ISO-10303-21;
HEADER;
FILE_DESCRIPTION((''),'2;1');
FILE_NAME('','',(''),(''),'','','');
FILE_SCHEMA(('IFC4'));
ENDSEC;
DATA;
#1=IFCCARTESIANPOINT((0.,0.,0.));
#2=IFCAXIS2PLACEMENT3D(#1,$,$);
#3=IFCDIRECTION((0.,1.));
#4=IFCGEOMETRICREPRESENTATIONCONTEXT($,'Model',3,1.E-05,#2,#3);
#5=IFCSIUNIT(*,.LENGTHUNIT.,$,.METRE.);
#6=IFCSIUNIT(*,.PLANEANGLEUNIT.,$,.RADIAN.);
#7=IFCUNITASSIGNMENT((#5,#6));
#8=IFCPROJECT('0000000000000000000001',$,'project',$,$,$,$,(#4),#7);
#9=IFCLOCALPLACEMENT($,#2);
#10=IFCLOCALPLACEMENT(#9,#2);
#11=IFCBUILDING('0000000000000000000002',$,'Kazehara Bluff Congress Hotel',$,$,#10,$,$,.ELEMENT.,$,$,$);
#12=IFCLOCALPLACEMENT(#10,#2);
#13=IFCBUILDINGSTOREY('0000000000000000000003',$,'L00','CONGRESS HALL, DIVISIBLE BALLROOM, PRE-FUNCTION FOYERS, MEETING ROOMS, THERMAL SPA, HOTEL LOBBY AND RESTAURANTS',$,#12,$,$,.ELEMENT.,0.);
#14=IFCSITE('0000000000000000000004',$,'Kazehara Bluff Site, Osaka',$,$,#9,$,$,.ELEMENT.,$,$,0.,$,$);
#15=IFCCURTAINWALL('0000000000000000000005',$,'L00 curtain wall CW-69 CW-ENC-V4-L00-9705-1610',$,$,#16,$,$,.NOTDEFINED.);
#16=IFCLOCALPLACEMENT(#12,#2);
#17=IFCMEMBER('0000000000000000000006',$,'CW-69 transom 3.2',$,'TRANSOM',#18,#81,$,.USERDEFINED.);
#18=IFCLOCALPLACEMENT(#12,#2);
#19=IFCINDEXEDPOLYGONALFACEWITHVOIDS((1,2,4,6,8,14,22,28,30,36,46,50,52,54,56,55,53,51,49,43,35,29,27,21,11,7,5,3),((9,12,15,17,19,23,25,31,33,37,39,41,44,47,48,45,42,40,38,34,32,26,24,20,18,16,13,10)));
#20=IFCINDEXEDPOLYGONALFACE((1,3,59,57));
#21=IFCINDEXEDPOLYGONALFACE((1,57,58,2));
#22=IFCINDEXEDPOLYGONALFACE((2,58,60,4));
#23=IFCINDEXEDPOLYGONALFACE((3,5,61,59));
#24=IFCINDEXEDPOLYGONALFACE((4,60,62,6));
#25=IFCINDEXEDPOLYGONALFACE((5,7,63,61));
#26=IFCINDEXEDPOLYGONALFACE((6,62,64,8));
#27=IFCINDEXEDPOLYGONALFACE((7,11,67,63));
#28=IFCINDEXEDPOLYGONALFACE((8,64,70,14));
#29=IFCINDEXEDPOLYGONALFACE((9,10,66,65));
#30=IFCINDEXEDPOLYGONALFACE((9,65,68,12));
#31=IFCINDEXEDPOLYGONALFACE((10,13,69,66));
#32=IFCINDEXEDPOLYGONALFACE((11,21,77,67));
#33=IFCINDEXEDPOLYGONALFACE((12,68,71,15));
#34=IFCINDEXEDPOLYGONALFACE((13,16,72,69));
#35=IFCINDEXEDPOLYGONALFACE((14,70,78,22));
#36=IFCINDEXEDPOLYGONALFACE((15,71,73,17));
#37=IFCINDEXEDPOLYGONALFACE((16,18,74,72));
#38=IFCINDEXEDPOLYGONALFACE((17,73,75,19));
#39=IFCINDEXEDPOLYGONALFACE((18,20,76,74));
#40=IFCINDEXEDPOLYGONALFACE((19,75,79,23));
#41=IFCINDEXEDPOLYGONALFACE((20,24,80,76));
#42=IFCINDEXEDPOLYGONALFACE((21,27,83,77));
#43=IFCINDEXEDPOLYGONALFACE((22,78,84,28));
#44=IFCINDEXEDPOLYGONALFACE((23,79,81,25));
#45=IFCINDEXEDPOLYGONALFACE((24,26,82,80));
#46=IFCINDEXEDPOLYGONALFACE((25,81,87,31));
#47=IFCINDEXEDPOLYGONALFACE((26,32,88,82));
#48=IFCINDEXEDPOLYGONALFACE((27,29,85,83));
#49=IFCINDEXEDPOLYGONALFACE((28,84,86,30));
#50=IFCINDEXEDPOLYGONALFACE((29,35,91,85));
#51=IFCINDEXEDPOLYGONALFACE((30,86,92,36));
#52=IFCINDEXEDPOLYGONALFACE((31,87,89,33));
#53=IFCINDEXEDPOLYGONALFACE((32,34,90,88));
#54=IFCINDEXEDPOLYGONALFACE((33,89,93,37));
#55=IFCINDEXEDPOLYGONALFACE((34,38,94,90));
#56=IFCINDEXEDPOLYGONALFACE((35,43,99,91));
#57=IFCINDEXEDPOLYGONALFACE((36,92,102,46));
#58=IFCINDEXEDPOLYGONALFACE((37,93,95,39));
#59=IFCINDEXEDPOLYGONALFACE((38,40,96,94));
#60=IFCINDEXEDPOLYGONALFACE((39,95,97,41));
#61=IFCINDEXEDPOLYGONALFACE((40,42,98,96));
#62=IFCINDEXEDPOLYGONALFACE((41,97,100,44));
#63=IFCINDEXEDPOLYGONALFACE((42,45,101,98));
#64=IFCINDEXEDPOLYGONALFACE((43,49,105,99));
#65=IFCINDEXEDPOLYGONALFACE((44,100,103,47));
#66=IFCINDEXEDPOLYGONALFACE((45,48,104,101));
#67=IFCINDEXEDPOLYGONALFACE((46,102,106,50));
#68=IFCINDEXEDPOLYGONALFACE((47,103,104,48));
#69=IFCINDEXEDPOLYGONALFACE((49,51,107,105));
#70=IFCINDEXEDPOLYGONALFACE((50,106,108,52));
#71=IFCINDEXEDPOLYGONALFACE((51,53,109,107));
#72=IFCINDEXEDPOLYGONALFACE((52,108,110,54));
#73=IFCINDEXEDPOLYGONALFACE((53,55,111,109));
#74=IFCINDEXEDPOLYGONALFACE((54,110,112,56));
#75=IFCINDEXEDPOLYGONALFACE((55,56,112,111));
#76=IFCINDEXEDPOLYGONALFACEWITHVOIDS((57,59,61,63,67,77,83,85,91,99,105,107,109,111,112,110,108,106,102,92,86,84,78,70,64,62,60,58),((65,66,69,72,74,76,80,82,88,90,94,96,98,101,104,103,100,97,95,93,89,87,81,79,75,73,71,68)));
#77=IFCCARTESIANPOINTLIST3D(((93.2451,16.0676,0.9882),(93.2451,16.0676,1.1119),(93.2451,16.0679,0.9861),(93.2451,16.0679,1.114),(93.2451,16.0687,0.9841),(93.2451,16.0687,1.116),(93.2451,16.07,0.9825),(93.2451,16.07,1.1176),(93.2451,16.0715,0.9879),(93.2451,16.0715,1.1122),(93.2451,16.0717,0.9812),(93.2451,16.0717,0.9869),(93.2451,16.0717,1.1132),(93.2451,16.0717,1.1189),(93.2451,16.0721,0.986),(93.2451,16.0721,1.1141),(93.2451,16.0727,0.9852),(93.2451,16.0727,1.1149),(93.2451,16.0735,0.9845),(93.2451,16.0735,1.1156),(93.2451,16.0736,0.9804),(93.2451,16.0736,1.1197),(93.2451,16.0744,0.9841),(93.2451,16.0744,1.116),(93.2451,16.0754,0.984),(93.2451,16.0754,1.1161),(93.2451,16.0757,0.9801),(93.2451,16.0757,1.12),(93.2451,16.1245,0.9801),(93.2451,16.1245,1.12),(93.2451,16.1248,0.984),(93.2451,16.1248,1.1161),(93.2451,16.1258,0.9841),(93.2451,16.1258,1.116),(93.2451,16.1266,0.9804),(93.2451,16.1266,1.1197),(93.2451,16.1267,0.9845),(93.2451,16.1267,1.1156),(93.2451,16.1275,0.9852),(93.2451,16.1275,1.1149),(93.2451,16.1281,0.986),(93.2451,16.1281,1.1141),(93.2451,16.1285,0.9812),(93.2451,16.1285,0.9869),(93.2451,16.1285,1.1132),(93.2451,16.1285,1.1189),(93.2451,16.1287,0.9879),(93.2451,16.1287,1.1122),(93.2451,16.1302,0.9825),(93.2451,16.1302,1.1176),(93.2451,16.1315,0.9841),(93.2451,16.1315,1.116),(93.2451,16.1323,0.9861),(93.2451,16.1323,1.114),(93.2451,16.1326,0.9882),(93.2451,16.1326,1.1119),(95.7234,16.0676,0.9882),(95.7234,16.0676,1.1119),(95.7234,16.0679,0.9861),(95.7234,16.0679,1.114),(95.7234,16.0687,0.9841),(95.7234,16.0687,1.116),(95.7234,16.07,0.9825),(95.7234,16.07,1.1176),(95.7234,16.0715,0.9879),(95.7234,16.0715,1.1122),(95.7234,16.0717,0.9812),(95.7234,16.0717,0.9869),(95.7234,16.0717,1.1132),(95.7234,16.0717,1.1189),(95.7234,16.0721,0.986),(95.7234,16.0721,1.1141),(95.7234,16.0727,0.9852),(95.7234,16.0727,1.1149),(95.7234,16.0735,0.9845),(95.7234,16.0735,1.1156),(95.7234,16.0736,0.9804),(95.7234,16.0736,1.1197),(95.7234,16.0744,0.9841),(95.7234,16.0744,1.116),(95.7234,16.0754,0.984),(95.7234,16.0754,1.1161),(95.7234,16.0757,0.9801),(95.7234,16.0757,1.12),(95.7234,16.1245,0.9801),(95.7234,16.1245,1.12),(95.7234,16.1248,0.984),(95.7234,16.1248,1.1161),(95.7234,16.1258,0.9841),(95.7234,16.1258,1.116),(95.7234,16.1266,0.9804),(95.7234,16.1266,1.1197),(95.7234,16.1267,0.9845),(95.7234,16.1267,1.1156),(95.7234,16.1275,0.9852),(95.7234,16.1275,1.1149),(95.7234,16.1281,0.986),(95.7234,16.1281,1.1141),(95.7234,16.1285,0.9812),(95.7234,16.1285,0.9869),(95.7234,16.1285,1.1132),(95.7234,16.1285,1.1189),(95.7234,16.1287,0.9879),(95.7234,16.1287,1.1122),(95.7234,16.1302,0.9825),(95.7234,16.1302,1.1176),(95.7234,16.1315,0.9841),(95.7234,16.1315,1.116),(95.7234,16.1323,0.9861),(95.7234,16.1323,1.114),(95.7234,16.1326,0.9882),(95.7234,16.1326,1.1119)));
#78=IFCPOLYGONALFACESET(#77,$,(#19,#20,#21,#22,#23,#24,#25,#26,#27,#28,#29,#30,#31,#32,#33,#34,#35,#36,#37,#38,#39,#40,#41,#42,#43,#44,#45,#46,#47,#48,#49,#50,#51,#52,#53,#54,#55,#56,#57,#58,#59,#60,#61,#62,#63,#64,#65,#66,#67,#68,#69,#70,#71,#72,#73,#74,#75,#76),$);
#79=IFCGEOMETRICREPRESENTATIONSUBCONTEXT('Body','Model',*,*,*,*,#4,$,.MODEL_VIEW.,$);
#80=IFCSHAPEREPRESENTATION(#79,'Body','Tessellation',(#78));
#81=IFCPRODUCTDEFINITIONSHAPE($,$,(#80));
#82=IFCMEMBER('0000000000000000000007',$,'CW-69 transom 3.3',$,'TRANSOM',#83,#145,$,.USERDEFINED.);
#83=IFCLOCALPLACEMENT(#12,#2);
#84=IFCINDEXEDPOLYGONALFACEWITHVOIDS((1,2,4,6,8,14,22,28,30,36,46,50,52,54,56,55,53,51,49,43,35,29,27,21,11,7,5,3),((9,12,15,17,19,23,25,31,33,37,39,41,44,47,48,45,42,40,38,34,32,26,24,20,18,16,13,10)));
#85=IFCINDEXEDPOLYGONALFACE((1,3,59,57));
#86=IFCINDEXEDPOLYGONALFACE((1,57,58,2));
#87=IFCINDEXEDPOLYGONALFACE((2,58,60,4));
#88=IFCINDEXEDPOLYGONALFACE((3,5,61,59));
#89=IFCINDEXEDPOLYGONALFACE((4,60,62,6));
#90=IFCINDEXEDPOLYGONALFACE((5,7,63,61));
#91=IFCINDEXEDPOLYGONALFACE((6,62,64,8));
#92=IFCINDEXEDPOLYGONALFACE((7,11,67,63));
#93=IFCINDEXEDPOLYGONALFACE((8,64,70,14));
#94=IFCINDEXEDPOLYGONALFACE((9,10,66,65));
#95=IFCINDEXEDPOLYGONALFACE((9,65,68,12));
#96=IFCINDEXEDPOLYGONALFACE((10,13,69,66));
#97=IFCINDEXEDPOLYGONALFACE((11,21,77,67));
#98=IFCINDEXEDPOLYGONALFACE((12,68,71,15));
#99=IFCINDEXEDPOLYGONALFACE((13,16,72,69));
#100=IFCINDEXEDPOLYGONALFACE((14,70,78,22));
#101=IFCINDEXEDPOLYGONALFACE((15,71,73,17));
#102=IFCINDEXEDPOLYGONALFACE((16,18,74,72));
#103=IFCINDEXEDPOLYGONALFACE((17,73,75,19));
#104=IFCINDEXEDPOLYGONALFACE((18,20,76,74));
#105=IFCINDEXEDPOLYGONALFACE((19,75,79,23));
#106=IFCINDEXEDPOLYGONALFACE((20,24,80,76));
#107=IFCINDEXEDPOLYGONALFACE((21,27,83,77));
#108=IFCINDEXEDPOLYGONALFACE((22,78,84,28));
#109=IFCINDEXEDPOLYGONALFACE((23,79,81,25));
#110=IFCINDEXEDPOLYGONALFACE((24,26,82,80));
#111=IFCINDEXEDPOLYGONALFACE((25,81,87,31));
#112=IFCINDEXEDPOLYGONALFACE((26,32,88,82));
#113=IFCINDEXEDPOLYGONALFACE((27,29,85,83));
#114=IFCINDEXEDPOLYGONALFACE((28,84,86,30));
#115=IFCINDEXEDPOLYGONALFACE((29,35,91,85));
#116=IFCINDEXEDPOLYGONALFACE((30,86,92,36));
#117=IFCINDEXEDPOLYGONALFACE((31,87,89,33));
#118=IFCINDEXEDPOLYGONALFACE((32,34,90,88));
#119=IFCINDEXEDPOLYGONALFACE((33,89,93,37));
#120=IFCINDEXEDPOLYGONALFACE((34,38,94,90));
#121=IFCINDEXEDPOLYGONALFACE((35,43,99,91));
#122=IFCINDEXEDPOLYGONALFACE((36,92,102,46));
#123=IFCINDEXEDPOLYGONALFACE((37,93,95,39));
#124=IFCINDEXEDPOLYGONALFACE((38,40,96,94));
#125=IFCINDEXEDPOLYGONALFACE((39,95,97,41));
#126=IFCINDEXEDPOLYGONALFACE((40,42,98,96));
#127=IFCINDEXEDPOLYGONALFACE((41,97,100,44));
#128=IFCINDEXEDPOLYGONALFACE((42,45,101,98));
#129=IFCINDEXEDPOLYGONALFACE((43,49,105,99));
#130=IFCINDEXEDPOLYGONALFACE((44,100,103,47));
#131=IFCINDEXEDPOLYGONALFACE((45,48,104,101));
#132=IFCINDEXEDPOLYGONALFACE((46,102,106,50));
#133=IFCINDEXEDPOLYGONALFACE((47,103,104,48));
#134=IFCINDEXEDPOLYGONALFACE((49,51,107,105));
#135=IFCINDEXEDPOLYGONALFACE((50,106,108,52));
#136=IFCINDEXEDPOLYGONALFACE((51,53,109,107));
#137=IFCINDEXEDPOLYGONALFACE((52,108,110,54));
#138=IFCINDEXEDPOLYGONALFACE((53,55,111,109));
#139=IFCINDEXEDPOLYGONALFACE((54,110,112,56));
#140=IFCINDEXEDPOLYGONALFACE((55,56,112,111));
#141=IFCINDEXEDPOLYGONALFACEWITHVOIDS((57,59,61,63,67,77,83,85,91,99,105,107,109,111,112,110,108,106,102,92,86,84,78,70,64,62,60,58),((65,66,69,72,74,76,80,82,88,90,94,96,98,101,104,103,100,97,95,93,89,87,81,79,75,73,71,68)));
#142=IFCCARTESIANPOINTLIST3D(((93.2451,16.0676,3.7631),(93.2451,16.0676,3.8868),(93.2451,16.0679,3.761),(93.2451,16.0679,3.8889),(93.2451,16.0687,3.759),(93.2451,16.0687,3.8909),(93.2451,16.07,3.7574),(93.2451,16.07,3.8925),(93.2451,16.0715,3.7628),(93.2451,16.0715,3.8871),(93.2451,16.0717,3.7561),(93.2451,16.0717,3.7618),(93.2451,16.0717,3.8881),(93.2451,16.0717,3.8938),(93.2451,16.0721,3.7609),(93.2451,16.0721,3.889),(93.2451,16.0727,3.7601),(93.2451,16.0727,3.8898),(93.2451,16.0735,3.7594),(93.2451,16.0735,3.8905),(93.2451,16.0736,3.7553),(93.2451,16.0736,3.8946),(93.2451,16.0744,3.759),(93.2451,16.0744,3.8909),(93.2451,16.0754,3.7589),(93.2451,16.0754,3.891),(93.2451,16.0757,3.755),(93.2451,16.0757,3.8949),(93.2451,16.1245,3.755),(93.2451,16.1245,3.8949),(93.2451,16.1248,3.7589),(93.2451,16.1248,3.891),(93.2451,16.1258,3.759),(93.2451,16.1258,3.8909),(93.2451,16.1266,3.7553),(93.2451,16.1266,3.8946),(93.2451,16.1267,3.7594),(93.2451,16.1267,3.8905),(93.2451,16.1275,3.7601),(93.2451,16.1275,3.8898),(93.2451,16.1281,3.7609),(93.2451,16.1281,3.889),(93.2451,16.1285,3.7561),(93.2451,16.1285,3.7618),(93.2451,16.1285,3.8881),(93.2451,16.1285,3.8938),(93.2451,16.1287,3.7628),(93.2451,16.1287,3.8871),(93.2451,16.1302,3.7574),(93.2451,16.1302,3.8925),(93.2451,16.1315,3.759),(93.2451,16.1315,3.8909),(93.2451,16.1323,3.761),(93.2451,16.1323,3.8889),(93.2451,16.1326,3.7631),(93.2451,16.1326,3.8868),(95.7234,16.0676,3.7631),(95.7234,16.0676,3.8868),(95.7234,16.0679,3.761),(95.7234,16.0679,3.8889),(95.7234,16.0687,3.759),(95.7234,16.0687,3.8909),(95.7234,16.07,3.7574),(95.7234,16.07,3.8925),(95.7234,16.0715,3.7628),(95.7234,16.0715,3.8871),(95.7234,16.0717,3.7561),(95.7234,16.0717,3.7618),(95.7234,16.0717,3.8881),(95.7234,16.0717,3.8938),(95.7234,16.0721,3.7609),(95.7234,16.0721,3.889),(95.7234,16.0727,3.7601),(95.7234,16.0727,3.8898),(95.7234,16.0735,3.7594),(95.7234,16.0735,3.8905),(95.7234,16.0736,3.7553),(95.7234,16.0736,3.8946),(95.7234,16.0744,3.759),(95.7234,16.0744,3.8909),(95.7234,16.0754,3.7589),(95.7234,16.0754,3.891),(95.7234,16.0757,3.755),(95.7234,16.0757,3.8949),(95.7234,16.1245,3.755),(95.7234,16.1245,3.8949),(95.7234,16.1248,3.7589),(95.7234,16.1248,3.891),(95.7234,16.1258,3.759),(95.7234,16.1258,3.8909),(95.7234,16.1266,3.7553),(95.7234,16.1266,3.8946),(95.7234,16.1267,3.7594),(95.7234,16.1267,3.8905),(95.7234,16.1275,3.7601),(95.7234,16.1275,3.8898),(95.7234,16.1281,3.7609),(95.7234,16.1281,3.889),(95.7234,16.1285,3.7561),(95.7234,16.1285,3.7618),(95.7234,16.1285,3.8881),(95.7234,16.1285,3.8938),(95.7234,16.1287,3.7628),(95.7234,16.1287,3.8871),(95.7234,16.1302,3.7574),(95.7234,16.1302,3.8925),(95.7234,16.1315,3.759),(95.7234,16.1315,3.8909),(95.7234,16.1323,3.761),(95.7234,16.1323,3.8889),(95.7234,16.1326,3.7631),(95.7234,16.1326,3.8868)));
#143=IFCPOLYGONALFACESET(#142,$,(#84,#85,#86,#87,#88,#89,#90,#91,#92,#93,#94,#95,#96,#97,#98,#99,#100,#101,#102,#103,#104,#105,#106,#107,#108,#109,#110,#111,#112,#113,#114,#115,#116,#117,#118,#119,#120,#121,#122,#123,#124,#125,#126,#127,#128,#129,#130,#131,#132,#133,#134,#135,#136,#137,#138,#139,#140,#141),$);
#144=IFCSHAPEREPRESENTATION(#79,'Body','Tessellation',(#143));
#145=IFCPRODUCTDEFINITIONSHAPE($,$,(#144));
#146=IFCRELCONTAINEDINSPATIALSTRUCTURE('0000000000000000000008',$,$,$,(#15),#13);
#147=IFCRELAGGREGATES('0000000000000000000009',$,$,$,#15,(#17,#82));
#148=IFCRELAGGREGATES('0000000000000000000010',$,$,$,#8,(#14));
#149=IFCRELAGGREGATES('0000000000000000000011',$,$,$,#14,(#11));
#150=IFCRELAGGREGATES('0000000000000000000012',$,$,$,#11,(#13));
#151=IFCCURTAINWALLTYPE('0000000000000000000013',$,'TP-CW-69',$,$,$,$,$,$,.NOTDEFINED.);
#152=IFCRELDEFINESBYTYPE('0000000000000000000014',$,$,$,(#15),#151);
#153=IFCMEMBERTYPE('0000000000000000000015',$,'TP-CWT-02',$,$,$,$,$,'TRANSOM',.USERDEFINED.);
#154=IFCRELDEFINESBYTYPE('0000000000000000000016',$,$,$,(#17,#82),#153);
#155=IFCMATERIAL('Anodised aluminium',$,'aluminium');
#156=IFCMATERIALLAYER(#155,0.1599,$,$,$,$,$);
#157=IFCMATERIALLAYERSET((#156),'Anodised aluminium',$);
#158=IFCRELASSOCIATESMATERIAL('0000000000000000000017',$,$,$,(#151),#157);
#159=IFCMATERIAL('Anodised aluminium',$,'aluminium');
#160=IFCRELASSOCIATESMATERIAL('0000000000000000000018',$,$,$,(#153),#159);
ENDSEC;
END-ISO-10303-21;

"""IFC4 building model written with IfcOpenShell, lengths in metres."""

from ifc_helpers import new_model, si_unit, direction, frame, origin, origin_2d, place, context, subcontext, project, spatial, hollow_rectangle, extrude, material, layer, layer_set, material_profile, profile_set, type_object, element, aggregate, save


model = new_model("IFC4")

# Units and contexts
model_context = context("Model", 3, precision=1e-05, world=origin(), true_north=direction((0.0, 1.0)))
body_context = subcontext(model_context, "Body", "Model", "MODEL_VIEW")
ifc_project = project(units=[si_unit("LENGTHUNIT", "METRE"), si_unit("PLANEANGLEUNIT", "RADIAN")], contexts=[model_context])

# Site, building, storey
site_placement = place(None, origin())
site = spatial("IfcSite", under=ifc_project, at=site_placement, Name="Kazehara Bluff Site, Osaka", CompositionType="ELEMENT", RefElevation=0.0)
building_placement = place(site_placement, origin())
building = spatial("IfcBuilding", under=site, at=building_placement, Name="Kazehara Bluff Congress Hotel", CompositionType="ELEMENT")
storey_placement = place(building_placement, origin())
storey = spatial("IfcBuildingStorey", under=building, at=storey_placement, Name="L00", Description="CONGRESS HALL, DIVISIBLE BALLROOM, PRE-FUNCTION FOYERS, MEETING ROOMS, THERMAL SPA, HOTEL LOBBY AND RESTAURANTS", CompositionType="ELEMENT", Elevation=0.0)

# Shared definitions
ifc_material_1 = material(Name="Anodised aluminium", Category="aluminium")
ifc_layer_1 = layer(ifc_material_1, 0.1599)
ifc_layer_set_1 = layer_set([ifc_layer_1], Name="Anodised aluminium")
curtain_wall_type = type_object("IfcCurtainWallType", Name="TP-CW-69", PredefinedType="NOTDEFINED", material=ifc_layer_set_1)

# Curtain wall
curtain_wall_1_placement = place(storey_placement, origin())
curtain_wall_1 = element("IfcCurtainWall", 1, at=curtain_wall_1_placement, inside=storey, type_object=curtain_wall_type, Name="L00 curtain wall CW-69 CW-ENC-V4-L00-9705-1610", PredefinedType="NOTDEFINED")

# Members
ifc_material_2 = material(Name="Anodised aluminium", Category="aluminium")
ifc_material_profile_1 = material_profile(ifc_material_2, hollow_rectangle(XDim=0.0649, YDim=0.1399, WallThickness=0.0039, InnerFilletRadius=0.0039, OuterFilletRadius=0.0081, at=origin_2d()))
ifc_profile_set_1 = profile_set([ifc_material_profile_1], Name="Anodised aluminium")
member_type_1 = type_object("IfcMemberType", Name="TP-CWT-02", ElementType="TRANSOM", PredefinedType="USERDEFINED", material=ifc_profile_set_1)
member_1_placement = place(storey_placement, frame((95.7234, 16.1001, 1.05), z_axis=(-1.0, 0.0, 0.0), x_axis=(0.0, -1.0, 0.0)))
member_1 = element("IfcMember", 2, at=member_1_placement, type_object=member_type_1, Name="CW-69 transom 3.2", ObjectType="TRANSOM", PredefinedType="USERDEFINED", context=body_context, shape_type="SweptSolid", body=[
    extrude(hollow_rectangle(XDim=0.0649, YDim=0.1399, WallThickness=0.0039, InnerFilletRadius=0.0039, OuterFilletRadius=0.0081, at=origin_2d()), origin(), (0.0, 0.0, 1.0), 2.4783),
])
member_2_placement = place(storey_placement, frame((95.7234, 16.1001, 3.825), z_axis=(-1.0, 0.0, 0.0), x_axis=(0.0, -1.0, 0.0)))
member_2 = element("IfcMember", 3, at=member_2_placement, type_object=member_type_1, Name="CW-69 transom 3.3", ObjectType="TRANSOM", PredefinedType="USERDEFINED", context=body_context, shape_type="SweptSolid", body=[
    extrude(hollow_rectangle(XDim=0.0649, YDim=0.1399, WallThickness=0.0039, InnerFilletRadius=0.0039, OuterFilletRadius=0.0081, at=origin_2d()), origin(), (0.0, 0.0, 1.0), 2.4783),
])

aggregate(curtain_wall_1, [member_1, member_2])

save(model, "model.ifc")
